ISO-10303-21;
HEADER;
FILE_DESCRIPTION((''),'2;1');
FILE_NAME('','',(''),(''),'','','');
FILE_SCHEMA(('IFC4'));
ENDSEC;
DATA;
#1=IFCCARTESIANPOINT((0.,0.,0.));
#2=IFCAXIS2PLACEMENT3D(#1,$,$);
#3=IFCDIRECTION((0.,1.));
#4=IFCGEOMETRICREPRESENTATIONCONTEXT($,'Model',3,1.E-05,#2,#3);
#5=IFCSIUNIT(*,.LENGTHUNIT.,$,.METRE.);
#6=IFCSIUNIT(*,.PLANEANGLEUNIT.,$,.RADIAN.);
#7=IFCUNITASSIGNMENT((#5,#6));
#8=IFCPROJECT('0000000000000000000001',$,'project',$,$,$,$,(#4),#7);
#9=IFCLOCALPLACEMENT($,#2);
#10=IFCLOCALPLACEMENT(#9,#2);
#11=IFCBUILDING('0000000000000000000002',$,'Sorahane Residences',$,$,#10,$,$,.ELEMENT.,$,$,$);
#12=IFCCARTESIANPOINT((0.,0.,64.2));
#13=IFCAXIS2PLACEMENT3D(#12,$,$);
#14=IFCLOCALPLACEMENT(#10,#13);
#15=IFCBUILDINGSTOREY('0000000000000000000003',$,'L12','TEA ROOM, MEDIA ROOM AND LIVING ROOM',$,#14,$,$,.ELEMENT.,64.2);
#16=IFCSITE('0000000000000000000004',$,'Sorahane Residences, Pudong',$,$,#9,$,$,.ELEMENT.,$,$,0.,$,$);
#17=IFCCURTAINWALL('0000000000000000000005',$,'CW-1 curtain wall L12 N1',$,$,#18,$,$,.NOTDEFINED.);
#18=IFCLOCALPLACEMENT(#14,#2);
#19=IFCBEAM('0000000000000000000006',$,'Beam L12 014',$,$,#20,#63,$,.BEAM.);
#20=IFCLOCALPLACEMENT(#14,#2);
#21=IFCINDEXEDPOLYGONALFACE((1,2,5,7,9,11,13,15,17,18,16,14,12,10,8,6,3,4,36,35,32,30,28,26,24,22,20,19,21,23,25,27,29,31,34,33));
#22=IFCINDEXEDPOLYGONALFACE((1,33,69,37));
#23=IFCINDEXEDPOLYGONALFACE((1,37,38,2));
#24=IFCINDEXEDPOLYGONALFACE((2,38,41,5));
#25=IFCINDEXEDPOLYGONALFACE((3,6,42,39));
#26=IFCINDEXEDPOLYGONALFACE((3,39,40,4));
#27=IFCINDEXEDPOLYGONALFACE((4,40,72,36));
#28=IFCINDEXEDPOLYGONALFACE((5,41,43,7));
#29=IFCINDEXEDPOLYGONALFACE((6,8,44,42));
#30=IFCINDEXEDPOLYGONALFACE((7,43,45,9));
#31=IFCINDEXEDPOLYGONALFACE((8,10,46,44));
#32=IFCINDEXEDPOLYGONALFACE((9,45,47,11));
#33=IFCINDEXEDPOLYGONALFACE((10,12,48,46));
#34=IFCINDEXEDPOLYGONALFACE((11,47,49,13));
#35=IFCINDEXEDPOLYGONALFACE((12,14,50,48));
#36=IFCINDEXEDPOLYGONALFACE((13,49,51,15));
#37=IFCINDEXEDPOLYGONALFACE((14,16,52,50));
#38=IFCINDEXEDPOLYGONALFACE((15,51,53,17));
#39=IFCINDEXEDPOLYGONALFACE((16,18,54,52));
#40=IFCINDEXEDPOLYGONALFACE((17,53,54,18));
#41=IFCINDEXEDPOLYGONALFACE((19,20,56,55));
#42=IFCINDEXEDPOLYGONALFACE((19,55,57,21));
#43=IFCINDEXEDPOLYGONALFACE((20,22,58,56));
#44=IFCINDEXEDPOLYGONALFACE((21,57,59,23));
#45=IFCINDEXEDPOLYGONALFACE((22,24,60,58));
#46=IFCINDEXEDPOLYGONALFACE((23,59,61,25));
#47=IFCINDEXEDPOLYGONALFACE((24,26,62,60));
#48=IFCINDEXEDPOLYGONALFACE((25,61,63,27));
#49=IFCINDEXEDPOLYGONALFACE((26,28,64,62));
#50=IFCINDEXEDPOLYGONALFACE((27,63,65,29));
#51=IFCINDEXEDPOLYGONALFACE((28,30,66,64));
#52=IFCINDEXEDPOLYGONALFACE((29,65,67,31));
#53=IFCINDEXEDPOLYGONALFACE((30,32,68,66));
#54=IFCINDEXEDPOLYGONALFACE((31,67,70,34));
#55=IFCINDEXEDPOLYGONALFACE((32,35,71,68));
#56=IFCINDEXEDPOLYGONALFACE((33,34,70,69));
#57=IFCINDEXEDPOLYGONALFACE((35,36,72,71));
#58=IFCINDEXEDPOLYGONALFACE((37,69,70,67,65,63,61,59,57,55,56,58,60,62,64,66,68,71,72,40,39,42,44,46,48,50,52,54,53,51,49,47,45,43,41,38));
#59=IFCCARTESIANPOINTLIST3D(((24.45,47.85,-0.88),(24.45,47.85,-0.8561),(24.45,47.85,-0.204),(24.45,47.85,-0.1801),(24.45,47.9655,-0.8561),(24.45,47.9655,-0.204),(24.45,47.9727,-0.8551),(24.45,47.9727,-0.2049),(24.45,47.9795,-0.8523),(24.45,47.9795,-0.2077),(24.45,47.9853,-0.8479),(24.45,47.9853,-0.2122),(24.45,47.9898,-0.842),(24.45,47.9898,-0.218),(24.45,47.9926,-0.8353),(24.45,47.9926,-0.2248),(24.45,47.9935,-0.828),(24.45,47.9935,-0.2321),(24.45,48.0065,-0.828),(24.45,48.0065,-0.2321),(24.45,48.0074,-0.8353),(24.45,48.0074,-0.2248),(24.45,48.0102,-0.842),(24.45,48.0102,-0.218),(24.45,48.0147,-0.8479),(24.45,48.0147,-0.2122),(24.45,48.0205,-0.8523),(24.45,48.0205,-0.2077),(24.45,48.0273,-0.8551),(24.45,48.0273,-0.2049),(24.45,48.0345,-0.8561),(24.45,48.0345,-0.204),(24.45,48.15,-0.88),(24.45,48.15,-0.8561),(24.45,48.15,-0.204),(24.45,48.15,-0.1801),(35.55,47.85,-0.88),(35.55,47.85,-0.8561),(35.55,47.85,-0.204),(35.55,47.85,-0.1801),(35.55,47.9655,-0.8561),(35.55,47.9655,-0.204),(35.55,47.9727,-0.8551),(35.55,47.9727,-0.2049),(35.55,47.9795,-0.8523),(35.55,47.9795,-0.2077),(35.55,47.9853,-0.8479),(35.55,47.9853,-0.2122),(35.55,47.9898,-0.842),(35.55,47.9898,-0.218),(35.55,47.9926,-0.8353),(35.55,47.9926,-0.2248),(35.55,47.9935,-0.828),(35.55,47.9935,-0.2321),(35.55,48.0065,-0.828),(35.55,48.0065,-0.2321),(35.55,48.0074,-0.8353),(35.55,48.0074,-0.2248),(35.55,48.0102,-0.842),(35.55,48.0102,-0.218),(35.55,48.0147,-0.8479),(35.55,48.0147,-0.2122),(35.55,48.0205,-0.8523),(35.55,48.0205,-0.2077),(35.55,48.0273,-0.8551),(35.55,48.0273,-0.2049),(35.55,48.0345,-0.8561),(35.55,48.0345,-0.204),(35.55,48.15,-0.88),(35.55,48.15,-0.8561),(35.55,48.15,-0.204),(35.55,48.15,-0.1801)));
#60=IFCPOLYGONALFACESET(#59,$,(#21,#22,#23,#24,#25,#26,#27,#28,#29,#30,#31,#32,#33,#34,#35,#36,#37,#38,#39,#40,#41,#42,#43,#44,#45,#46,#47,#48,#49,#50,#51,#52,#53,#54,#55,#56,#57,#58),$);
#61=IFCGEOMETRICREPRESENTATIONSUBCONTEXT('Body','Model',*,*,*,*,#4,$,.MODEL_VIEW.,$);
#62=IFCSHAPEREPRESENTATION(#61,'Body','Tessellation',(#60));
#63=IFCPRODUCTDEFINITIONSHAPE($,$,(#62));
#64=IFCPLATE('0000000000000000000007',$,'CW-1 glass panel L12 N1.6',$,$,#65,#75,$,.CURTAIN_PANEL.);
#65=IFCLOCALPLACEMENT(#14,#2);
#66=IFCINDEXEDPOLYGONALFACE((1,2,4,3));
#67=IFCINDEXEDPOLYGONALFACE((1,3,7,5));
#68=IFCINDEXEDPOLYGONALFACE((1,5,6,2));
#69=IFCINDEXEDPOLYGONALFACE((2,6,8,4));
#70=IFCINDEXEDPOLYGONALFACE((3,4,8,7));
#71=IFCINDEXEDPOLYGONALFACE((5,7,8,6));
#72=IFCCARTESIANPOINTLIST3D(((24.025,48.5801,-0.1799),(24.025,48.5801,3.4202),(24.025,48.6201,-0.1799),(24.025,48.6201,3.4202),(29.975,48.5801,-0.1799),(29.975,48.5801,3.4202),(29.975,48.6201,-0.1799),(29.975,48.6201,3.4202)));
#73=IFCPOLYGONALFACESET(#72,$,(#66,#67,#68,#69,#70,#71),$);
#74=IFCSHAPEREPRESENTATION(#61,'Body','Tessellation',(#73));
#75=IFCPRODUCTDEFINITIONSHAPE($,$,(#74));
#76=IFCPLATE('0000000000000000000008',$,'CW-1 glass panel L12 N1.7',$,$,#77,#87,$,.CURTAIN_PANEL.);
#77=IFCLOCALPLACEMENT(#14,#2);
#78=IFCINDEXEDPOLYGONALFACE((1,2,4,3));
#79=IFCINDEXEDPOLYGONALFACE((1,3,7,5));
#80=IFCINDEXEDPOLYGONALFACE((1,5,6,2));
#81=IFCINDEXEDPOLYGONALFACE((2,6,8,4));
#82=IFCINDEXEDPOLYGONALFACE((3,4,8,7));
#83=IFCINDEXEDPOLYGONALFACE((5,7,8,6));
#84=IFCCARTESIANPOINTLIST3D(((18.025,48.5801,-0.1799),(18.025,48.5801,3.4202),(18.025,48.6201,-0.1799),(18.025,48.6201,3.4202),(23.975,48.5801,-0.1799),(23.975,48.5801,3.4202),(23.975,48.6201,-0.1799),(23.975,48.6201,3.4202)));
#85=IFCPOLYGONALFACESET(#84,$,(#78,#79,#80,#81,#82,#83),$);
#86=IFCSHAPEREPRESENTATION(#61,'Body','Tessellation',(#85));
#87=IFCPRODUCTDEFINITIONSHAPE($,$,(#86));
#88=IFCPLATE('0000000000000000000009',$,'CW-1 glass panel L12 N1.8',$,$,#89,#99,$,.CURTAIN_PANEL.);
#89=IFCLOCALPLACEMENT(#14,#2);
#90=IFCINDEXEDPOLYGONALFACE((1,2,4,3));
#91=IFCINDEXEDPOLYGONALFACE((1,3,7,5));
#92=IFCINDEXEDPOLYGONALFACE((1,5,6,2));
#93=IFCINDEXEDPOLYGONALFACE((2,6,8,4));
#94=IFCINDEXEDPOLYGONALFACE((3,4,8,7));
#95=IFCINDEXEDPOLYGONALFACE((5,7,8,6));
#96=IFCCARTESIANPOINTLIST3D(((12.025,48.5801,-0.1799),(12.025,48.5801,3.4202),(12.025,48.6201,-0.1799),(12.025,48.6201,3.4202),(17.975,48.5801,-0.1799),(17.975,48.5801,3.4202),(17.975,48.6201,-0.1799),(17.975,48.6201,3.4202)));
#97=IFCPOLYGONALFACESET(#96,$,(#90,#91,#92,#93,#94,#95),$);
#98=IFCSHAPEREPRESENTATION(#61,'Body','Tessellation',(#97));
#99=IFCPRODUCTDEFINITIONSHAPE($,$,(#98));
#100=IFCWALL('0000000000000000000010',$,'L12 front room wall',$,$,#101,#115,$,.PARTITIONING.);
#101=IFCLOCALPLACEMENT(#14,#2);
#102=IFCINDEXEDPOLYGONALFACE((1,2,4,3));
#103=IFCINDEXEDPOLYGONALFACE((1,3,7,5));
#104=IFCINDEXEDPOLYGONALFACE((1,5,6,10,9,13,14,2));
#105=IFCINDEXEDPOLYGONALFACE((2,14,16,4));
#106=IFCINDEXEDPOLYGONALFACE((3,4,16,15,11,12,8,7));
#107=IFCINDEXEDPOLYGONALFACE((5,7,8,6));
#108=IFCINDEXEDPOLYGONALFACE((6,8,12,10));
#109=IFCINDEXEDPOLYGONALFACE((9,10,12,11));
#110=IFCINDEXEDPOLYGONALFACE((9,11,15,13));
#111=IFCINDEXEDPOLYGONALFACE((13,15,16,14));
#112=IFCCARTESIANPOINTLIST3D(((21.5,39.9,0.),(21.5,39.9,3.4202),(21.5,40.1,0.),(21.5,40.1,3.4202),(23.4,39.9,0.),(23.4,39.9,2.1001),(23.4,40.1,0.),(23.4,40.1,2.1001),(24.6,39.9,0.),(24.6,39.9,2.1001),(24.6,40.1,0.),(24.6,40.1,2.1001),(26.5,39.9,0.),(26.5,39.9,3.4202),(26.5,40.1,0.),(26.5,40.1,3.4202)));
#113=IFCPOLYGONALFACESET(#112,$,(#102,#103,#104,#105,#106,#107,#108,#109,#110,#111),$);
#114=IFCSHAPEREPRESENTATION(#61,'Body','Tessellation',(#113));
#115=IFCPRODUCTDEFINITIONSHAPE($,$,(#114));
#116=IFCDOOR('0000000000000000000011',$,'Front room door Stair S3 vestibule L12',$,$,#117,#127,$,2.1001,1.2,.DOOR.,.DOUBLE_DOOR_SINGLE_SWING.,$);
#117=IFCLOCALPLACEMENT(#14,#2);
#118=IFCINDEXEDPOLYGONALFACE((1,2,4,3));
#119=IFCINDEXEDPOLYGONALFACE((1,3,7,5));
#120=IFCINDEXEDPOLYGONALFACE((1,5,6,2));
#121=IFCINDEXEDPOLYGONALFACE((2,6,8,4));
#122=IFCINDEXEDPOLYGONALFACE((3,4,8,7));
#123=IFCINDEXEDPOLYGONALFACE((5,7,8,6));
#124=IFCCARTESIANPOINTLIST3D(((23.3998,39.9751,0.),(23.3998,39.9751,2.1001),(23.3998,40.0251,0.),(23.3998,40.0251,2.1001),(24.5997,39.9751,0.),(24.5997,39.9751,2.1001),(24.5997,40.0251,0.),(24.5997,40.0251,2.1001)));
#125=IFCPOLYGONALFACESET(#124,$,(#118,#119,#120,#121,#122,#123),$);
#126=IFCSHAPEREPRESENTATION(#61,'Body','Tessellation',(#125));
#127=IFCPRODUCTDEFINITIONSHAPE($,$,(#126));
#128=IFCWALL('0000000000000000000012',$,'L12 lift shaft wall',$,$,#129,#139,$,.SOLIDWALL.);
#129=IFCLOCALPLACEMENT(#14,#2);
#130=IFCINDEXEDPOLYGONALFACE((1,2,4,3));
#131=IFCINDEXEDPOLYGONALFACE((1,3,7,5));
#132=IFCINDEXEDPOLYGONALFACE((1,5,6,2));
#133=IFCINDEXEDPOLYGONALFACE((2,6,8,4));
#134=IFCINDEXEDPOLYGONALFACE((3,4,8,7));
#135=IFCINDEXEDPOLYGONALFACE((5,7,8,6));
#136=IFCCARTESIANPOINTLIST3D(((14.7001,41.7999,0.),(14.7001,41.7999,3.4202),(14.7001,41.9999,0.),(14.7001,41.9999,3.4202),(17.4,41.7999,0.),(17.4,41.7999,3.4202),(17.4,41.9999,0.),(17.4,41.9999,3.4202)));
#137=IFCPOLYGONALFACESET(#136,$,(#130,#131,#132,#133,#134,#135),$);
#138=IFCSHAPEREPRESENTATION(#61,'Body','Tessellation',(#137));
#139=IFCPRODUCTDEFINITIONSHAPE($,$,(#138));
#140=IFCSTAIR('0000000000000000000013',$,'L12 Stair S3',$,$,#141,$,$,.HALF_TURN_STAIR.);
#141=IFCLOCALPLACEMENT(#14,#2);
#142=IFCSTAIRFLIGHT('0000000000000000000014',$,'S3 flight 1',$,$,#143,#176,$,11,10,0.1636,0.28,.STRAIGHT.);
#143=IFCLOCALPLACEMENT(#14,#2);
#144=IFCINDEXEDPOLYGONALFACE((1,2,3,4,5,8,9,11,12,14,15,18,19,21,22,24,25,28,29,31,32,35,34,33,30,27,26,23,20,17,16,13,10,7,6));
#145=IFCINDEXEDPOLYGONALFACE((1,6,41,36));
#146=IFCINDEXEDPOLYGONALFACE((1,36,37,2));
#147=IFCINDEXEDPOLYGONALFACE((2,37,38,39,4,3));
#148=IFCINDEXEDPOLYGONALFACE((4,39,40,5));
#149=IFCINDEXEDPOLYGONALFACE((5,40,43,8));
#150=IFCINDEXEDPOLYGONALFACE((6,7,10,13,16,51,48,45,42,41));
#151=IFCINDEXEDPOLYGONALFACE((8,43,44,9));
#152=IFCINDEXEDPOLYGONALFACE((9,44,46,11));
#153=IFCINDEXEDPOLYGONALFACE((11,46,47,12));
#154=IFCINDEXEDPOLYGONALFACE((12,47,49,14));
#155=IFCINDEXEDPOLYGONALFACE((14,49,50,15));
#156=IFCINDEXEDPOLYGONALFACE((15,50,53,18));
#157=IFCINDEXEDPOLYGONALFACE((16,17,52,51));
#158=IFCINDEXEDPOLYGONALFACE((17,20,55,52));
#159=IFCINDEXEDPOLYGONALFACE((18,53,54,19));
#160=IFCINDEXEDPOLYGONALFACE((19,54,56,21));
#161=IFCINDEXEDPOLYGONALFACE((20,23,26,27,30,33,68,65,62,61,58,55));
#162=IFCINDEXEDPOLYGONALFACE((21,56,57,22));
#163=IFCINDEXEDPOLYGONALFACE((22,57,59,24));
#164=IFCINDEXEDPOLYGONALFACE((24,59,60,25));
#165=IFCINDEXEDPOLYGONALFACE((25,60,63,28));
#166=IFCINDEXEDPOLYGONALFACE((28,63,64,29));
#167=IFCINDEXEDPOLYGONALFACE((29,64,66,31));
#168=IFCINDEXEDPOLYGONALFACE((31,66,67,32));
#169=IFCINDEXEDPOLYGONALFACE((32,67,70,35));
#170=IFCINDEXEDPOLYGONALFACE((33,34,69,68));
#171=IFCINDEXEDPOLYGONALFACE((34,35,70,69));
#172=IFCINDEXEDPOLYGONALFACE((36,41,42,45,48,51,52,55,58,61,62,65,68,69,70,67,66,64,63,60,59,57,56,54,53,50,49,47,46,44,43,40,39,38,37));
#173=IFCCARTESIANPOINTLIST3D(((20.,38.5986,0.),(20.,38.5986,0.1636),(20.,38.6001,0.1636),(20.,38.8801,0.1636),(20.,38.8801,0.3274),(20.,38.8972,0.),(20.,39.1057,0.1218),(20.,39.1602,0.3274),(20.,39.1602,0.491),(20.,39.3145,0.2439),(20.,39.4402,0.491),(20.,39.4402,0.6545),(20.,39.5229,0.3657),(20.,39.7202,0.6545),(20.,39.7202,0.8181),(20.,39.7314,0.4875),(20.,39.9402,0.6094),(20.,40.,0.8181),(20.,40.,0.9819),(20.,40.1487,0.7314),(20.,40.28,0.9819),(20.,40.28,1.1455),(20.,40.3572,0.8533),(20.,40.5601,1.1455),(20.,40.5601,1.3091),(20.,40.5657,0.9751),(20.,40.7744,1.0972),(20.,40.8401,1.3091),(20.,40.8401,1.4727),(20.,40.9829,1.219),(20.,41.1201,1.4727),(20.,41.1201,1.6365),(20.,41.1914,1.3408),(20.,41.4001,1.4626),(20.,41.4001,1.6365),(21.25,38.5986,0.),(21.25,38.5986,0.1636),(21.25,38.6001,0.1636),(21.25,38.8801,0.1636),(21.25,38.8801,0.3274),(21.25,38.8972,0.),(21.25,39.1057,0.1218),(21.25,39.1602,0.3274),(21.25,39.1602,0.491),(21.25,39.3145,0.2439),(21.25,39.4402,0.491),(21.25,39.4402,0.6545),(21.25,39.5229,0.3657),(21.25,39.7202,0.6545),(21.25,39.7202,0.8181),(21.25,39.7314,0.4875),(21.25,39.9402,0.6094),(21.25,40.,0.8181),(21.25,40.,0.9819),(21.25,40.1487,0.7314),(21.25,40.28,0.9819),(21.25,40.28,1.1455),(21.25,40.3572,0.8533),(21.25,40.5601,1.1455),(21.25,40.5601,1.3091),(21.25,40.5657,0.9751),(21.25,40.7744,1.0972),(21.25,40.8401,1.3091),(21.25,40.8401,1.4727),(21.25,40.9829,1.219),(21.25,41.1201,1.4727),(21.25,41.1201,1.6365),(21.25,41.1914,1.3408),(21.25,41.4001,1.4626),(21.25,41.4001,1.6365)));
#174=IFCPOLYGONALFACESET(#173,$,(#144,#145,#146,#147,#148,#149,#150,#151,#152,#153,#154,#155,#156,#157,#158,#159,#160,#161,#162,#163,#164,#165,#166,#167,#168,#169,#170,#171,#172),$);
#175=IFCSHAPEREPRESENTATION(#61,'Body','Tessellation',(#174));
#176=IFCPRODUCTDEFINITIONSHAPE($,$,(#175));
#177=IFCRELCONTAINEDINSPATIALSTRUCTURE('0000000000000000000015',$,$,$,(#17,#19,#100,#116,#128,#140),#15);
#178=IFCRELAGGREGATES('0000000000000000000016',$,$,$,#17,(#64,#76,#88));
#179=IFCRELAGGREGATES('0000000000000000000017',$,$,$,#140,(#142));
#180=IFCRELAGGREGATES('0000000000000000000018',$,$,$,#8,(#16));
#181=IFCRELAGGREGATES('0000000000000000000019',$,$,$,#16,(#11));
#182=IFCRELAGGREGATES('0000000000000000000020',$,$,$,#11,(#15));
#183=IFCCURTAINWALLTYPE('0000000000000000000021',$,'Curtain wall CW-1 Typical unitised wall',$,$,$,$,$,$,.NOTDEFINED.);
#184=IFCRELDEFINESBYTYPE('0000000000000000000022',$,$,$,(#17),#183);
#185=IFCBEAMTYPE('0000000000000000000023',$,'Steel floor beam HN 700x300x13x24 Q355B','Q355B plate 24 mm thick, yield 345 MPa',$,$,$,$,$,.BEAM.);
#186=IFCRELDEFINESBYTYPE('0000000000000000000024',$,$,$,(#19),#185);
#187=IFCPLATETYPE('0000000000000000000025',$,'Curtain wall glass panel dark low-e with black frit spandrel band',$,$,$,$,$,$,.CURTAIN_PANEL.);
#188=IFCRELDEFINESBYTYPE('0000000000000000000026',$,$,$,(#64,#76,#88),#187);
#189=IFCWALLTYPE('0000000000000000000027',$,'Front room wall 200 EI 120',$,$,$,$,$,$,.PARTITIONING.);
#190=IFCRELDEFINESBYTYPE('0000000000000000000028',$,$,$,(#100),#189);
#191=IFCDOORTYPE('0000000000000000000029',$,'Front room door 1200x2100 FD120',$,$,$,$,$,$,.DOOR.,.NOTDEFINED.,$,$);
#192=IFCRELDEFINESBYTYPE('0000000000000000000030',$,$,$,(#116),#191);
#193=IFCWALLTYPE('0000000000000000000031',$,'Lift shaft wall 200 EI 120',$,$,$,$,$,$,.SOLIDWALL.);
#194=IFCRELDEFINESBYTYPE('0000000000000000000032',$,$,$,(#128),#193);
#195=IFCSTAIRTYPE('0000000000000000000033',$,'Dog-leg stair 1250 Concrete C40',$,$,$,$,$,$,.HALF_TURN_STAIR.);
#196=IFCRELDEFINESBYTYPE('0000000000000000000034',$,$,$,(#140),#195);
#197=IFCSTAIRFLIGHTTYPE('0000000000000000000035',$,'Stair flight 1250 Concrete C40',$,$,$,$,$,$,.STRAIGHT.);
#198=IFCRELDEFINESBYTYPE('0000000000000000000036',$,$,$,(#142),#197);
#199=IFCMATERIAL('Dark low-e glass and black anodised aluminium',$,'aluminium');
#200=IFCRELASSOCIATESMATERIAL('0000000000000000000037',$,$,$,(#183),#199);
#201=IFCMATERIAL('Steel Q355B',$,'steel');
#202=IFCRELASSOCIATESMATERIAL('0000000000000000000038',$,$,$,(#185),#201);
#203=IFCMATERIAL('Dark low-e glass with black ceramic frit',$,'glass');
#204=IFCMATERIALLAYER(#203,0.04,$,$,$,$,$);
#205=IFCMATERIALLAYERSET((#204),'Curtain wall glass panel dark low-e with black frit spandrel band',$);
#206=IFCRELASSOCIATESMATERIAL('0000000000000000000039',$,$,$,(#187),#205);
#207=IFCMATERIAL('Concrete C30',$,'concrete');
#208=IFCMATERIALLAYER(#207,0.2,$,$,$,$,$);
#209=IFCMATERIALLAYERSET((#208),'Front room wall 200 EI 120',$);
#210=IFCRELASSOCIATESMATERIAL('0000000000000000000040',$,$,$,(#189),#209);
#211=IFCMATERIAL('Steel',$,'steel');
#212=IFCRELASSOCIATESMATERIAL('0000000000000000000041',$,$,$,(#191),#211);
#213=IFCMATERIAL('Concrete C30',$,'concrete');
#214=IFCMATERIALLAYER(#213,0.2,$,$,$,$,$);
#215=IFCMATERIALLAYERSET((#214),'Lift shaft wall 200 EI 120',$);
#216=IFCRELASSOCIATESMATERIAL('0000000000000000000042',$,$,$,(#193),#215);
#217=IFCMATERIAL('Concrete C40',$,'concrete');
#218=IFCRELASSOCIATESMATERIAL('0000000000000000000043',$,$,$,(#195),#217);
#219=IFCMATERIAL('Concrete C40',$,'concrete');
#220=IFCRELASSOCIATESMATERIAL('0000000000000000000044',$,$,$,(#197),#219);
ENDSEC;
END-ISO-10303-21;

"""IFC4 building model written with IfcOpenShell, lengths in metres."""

from ifc_helpers import new_model, si_unit, direction, frame, frame_2d, origin, origin_2d, place, context, subcontext, project, spatial, polyline, rectangle, i_section, outline, extrude, material, layer, layer_set, material_profile, profile_set, type_object, element, fill, aggregate, save


model = new_model("IFC4")

# Units and contexts
model_context = context("Model", 3, precision=1e-05, world=origin(), true_north=direction((0.0, 1.0)))
body_context = subcontext(model_context, "Body", "Model", "MODEL_VIEW")
ifc_project = project(units=[si_unit("LENGTHUNIT", "METRE"), si_unit("PLANEANGLEUNIT", "RADIAN")], contexts=[model_context])

# Site, building, storey
site_placement = place(None, origin())
site = spatial("IfcSite", under=ifc_project, at=site_placement, Name="Sorahane Residences, Pudong", CompositionType="ELEMENT", RefElevation=0.0)
building_placement = place(site_placement, origin())
building = spatial("IfcBuilding", under=site, at=building_placement, Name="Sorahane Residences", CompositionType="ELEMENT")
storey_placement = place(building_placement, frame((0.0, 0.0, 64.2)))
storey = spatial("IfcBuildingStorey", under=building, at=storey_placement, Name="L12", Description="TEA ROOM, MEDIA ROOM AND LIVING ROOM", CompositionType="ELEMENT", Elevation=64.2)

# Curtain wall
ifc_material_1 = material(Name="Dark low-e glass and black anodised aluminium", Category="aluminium")
curtain_wall_type = type_object("IfcCurtainWallType", Name="Curtain wall CW-1 Typical unitised wall", PredefinedType="NOTDEFINED", material=ifc_material_1)
curtain_wall_placement = place(storey_placement, origin())
curtain_wall = element("IfcCurtainWall", 1, at=curtain_wall_placement, inside=storey, type_object=curtain_wall_type, Name="CW-1 curtain wall L12 N1", PredefinedType="NOTDEFINED")

# Beam
ifc_material_2 = material(Name="Steel Q355B", Category="steel")
ifc_material_profile_1 = material_profile(ifc_material_2, i_section(OverallWidth=0.3, OverallDepth=0.7, WebThickness=0.0129, FlangeThickness=0.0239, FilletRadius=0.0281, at=origin_2d()), Name="HN 700x300x13x24")
ifc_profile_set_1 = profile_set([ifc_material_profile_1], Name="Steel Q355B")
beam_type_1 = type_object("IfcBeamType", Name="Steel floor beam HN 700x300x13x24 Q355B", Description="Q355B plate 24 mm thick, yield 345 MPa", PredefinedType="BEAM", material=ifc_profile_set_1)
beam_1_placement = place(storey_placement, frame((24.45, 48.0, -0.53), z_axis=(1.0, 0.0, 0.0), x_axis=(0.0, 1.0, 0.0)))
element("IfcBeam", 2, at=beam_1_placement, inside=storey, type_object=beam_type_1, Name="Beam L12 014", PredefinedType="BEAM", context=body_context, shape_type="SweptSolid", body=[
    extrude(i_section(OverallWidth=0.3, OverallDepth=0.7, WebThickness=0.0129, FlangeThickness=0.0239, FilletRadius=0.0281, at=origin_2d()), origin(), (0.0, 0.0, 1.0), 11.1001),
])

# Plates
ifc_material_3 = material(Name="Dark low-e glass with black ceramic frit", Category="glass")
ifc_layer_1 = layer(ifc_material_3, 0.04)
ifc_layer_set_1 = layer_set([ifc_layer_1], Name="Curtain wall glass panel dark low-e with black frit spandrel band")
plate_type = type_object("IfcPlateType", Name="Curtain wall glass panel dark low-e with black frit spandrel band", PredefinedType="CURTAIN_PANEL", material=ifc_layer_set_1)
plate_1_placement = place(storey_placement, frame((27.0, 48.6001, -0.1799), z_axis=(0.0, 0.0, 1.0), x_axis=(-1.0, 0.0, 0.0)))
plate_1 = element("IfcPlate", 3, at=plate_1_placement, type_object=plate_type, Name="CW-1 glass panel L12 N1.6", PredefinedType="CURTAIN_PANEL", context=body_context, shape_type="SweptSolid", body=[
    extrude(rectangle(XDim=5.95, YDim=0.04, at=origin_2d()), origin(), (0.0, 0.0, 1.0), 3.6001),
])
plate_2_placement = place(storey_placement, frame((21.0, 48.6001, -0.1799), z_axis=(0.0, 0.0, 1.0), x_axis=(-1.0, 0.0, 0.0)))
plate_2 = element("IfcPlate", 4, at=plate_2_placement, type_object=plate_type, Name="CW-1 glass panel L12 N1.7", PredefinedType="CURTAIN_PANEL", context=body_context, shape_type="SweptSolid", body=[
    extrude(rectangle(XDim=5.95, YDim=0.04, at=origin_2d()), origin(), (0.0, 0.0, 1.0), 3.6001),
])
plate_3_placement = place(storey_placement, frame((15.0, 48.6001, -0.1799), z_axis=(0.0, 0.0, 1.0), x_axis=(-1.0, 0.0, 0.0)))
plate_3 = element("IfcPlate", 5, at=plate_3_placement, type_object=plate_type, Name="CW-1 glass panel L12 N1.8", PredefinedType="CURTAIN_PANEL", context=body_context, shape_type="SweptSolid", body=[
    extrude(rectangle(XDim=5.95, YDim=0.04, at=origin_2d()), origin(), (0.0, 0.0, 1.0), 3.6001),
])
aggregate(curtain_wall, [plate_1, plate_2, plate_3])

# Wall, opening, door
ifc_material_4 = material(Name="Concrete C30", Category="concrete")
ifc_layer_2 = layer(ifc_material_4, 0.2)
ifc_layer_set_2 = layer_set([ifc_layer_2], Name="Front room wall 200 EI 120")
wall_type_1 = type_object("IfcWallType", Name="Front room wall 200 EI 120", PredefinedType="PARTITIONING", material=ifc_layer_set_2)
wall_1_placement = place(storey_placement, frame((21.5, 40.0, 0.0), z_axis=(0.0, 0.0, 1.0), x_axis=(1.0, 0.0, 0.0)))
wall_1 = element("IfcWall", 6, at=wall_1_placement, inside=storey, type_object=wall_type_1, Name="L12 front room wall", PredefinedType="PARTITIONING", context=body_context, shape_type="SweptSolid", body=[
    extrude(rectangle(XDim=5.0, YDim=0.2, at=frame_2d((2.5, 0.0))), origin(), (0.0, 0.0, 1.0), 3.4202),
])
opening_placement = place(wall_1_placement, frame((1.8999, 0.0, 0.0)))
opening = element("IfcOpeningElement", 7, at=opening_placement, cuts=wall_1, PredefinedType="OPENING", context=body_context, shape_type="SweptSolid", body=[
    extrude(rectangle(XDim=1.2, YDim=2.1001, at=frame_2d((0.6001, 1.05))), frame((0.0, 0.1099, 0.0), z_axis=(0.0, -1.0, 0.0), x_axis=(1.0, 0.0, 0.0)), (0.0, 0.0, 1.0), 0.22),
])
ifc_material_5 = material(Name="Steel", Category="steel")
door_type = type_object("IfcDoorType", Name="Front room door 1200x2100 FD120", OperationType="NOTDEFINED", PredefinedType="DOOR", material=ifc_material_5)
door_placement = place(opening_placement, frame((1.2, 0.0, 0.0), z_axis=(0.0, 0.0, 1.0), x_axis=(-1.0, 0.0, 0.0)))
door = element("IfcDoor", 8, at=door_placement, inside=storey, type_object=door_type, Name="Front room door Stair S3 vestibule L12", OperationType="DOUBLE_DOOR_SINGLE_SWING", OverallHeight=2.1001, OverallWidth=1.2, PredefinedType="DOOR", context=body_context, shape_type="SweptSolid", body=[
    extrude(rectangle(XDim=1.2, YDim=2.1001, at=frame_2d((0.6001, 1.05))), frame((0.0, 0.0249, 0.0), z_axis=(0.0, -1.0, 0.0), x_axis=(1.0, 0.0, 0.0)), (0.0, 0.0, 1.0), 0.05),
])
fill(opening, door)

# Wall
ifc_material_6 = material(Name="Concrete C30", Category="concrete")
ifc_layer_3 = layer(ifc_material_6, 0.2)
ifc_layer_set_3 = layer_set([ifc_layer_3], Name="Lift shaft wall 200 EI 120")
wall_type_2 = type_object("IfcWallType", Name="Lift shaft wall 200 EI 120", PredefinedType="SOLIDWALL", material=ifc_layer_set_3)
wall_2_placement = place(storey_placement, frame((14.7, 41.8999, 0.0), z_axis=(0.0, 0.0, 1.0), x_axis=(1.0, 0.0, 0.0)))
element("IfcWall", 9, at=wall_2_placement, inside=storey, type_object=wall_type_2, Name="L12 lift shaft wall", PredefinedType="SOLIDWALL", context=body_context, shape_type="SweptSolid", body=[
    extrude(rectangle(XDim=2.7, YDim=0.2, at=frame_2d((1.3501, 0.0))), origin(), (0.0, 0.0, 1.0), 3.4202),
])

# Stair, stair flight
ifc_material_7 = material(Name="Concrete C40", Category="concrete")
stair_type = type_object("IfcStairType", Name="Dog-leg stair 1250 Concrete C40", PredefinedType="HALF_TURN_STAIR", material=ifc_material_7)
stair_placement = place(storey_placement, origin())
stair = element("IfcStair", 10, at=stair_placement, inside=storey, type_object=stair_type, Name="L12 Stair S3", PredefinedType="HALF_TURN_STAIR")
ifc_material_8 = material(Name="Concrete C40", Category="concrete")
stair_flight_type = type_object("IfcStairFlightType", Name="Stair flight 1250 Concrete C40", PredefinedType="STRAIGHT", material=ifc_material_8)
stair_flight_1_placement = place(storey_placement, frame((20.625, 38.6001, 0.0), z_axis=(0.0, 0.0, 1.0), x_axis=(0.0, 1.0, 0.0)))
stair_flight_1 = element("IfcStairFlight", 11, at=stair_flight_1_placement, type_object=stair_flight_type, Name="S3 flight 1", NumberOfRisers=11, NumberOfTreads=10, PredefinedType="STRAIGHT", RiserHeight=0.1636, TreadLength=0.28, context=body_context, shape_type="SweptSolid", body=[
    extrude(outline(polyline([(-0.0015, 0.0), (-0.0015, 0.1636), (0.0, 0.1636), (0.28, 0.1636), (0.28, 0.3274), (0.5601, 0.3274), (0.5601, 0.491), (0.8401, 0.491), (0.8401, 0.6545), (1.1201, 0.6545), (1.1201, 0.8181), (1.3999, 0.8181), (1.3999, 0.9819), (1.6799, 0.9819), (1.6799, 1.1455), (1.96, 1.1455), (1.96, 1.3091), (2.24, 1.3091), (2.24, 1.4727), (2.52, 1.4727), (2.52, 1.6365), (2.8, 1.6365), (2.8, 1.8), (2.8, 1.4626), (2.5913, 1.3408), (2.3828, 1.219), (2.1743, 1.0972), (1.9656, 0.9751), (1.7571, 0.8533), (1.5486, 0.7314), (1.3401, 0.6094), (1.1313, 0.4875), (0.9229, 0.3657), (0.7144, 0.2439), (0.5056, 0.1218), (0.2971, 0.0), (-0.0015, 0.0)])), frame((0.0, 0.625, 0.0), z_axis=(0.0, -1.0, 0.0), x_axis=(1.0, 0.0, 0.0)), (0.0, 0.0, 1.0), 1.25),
])
aggregate(stair, [stair_flight_1])

save(model, "model.ifc")
